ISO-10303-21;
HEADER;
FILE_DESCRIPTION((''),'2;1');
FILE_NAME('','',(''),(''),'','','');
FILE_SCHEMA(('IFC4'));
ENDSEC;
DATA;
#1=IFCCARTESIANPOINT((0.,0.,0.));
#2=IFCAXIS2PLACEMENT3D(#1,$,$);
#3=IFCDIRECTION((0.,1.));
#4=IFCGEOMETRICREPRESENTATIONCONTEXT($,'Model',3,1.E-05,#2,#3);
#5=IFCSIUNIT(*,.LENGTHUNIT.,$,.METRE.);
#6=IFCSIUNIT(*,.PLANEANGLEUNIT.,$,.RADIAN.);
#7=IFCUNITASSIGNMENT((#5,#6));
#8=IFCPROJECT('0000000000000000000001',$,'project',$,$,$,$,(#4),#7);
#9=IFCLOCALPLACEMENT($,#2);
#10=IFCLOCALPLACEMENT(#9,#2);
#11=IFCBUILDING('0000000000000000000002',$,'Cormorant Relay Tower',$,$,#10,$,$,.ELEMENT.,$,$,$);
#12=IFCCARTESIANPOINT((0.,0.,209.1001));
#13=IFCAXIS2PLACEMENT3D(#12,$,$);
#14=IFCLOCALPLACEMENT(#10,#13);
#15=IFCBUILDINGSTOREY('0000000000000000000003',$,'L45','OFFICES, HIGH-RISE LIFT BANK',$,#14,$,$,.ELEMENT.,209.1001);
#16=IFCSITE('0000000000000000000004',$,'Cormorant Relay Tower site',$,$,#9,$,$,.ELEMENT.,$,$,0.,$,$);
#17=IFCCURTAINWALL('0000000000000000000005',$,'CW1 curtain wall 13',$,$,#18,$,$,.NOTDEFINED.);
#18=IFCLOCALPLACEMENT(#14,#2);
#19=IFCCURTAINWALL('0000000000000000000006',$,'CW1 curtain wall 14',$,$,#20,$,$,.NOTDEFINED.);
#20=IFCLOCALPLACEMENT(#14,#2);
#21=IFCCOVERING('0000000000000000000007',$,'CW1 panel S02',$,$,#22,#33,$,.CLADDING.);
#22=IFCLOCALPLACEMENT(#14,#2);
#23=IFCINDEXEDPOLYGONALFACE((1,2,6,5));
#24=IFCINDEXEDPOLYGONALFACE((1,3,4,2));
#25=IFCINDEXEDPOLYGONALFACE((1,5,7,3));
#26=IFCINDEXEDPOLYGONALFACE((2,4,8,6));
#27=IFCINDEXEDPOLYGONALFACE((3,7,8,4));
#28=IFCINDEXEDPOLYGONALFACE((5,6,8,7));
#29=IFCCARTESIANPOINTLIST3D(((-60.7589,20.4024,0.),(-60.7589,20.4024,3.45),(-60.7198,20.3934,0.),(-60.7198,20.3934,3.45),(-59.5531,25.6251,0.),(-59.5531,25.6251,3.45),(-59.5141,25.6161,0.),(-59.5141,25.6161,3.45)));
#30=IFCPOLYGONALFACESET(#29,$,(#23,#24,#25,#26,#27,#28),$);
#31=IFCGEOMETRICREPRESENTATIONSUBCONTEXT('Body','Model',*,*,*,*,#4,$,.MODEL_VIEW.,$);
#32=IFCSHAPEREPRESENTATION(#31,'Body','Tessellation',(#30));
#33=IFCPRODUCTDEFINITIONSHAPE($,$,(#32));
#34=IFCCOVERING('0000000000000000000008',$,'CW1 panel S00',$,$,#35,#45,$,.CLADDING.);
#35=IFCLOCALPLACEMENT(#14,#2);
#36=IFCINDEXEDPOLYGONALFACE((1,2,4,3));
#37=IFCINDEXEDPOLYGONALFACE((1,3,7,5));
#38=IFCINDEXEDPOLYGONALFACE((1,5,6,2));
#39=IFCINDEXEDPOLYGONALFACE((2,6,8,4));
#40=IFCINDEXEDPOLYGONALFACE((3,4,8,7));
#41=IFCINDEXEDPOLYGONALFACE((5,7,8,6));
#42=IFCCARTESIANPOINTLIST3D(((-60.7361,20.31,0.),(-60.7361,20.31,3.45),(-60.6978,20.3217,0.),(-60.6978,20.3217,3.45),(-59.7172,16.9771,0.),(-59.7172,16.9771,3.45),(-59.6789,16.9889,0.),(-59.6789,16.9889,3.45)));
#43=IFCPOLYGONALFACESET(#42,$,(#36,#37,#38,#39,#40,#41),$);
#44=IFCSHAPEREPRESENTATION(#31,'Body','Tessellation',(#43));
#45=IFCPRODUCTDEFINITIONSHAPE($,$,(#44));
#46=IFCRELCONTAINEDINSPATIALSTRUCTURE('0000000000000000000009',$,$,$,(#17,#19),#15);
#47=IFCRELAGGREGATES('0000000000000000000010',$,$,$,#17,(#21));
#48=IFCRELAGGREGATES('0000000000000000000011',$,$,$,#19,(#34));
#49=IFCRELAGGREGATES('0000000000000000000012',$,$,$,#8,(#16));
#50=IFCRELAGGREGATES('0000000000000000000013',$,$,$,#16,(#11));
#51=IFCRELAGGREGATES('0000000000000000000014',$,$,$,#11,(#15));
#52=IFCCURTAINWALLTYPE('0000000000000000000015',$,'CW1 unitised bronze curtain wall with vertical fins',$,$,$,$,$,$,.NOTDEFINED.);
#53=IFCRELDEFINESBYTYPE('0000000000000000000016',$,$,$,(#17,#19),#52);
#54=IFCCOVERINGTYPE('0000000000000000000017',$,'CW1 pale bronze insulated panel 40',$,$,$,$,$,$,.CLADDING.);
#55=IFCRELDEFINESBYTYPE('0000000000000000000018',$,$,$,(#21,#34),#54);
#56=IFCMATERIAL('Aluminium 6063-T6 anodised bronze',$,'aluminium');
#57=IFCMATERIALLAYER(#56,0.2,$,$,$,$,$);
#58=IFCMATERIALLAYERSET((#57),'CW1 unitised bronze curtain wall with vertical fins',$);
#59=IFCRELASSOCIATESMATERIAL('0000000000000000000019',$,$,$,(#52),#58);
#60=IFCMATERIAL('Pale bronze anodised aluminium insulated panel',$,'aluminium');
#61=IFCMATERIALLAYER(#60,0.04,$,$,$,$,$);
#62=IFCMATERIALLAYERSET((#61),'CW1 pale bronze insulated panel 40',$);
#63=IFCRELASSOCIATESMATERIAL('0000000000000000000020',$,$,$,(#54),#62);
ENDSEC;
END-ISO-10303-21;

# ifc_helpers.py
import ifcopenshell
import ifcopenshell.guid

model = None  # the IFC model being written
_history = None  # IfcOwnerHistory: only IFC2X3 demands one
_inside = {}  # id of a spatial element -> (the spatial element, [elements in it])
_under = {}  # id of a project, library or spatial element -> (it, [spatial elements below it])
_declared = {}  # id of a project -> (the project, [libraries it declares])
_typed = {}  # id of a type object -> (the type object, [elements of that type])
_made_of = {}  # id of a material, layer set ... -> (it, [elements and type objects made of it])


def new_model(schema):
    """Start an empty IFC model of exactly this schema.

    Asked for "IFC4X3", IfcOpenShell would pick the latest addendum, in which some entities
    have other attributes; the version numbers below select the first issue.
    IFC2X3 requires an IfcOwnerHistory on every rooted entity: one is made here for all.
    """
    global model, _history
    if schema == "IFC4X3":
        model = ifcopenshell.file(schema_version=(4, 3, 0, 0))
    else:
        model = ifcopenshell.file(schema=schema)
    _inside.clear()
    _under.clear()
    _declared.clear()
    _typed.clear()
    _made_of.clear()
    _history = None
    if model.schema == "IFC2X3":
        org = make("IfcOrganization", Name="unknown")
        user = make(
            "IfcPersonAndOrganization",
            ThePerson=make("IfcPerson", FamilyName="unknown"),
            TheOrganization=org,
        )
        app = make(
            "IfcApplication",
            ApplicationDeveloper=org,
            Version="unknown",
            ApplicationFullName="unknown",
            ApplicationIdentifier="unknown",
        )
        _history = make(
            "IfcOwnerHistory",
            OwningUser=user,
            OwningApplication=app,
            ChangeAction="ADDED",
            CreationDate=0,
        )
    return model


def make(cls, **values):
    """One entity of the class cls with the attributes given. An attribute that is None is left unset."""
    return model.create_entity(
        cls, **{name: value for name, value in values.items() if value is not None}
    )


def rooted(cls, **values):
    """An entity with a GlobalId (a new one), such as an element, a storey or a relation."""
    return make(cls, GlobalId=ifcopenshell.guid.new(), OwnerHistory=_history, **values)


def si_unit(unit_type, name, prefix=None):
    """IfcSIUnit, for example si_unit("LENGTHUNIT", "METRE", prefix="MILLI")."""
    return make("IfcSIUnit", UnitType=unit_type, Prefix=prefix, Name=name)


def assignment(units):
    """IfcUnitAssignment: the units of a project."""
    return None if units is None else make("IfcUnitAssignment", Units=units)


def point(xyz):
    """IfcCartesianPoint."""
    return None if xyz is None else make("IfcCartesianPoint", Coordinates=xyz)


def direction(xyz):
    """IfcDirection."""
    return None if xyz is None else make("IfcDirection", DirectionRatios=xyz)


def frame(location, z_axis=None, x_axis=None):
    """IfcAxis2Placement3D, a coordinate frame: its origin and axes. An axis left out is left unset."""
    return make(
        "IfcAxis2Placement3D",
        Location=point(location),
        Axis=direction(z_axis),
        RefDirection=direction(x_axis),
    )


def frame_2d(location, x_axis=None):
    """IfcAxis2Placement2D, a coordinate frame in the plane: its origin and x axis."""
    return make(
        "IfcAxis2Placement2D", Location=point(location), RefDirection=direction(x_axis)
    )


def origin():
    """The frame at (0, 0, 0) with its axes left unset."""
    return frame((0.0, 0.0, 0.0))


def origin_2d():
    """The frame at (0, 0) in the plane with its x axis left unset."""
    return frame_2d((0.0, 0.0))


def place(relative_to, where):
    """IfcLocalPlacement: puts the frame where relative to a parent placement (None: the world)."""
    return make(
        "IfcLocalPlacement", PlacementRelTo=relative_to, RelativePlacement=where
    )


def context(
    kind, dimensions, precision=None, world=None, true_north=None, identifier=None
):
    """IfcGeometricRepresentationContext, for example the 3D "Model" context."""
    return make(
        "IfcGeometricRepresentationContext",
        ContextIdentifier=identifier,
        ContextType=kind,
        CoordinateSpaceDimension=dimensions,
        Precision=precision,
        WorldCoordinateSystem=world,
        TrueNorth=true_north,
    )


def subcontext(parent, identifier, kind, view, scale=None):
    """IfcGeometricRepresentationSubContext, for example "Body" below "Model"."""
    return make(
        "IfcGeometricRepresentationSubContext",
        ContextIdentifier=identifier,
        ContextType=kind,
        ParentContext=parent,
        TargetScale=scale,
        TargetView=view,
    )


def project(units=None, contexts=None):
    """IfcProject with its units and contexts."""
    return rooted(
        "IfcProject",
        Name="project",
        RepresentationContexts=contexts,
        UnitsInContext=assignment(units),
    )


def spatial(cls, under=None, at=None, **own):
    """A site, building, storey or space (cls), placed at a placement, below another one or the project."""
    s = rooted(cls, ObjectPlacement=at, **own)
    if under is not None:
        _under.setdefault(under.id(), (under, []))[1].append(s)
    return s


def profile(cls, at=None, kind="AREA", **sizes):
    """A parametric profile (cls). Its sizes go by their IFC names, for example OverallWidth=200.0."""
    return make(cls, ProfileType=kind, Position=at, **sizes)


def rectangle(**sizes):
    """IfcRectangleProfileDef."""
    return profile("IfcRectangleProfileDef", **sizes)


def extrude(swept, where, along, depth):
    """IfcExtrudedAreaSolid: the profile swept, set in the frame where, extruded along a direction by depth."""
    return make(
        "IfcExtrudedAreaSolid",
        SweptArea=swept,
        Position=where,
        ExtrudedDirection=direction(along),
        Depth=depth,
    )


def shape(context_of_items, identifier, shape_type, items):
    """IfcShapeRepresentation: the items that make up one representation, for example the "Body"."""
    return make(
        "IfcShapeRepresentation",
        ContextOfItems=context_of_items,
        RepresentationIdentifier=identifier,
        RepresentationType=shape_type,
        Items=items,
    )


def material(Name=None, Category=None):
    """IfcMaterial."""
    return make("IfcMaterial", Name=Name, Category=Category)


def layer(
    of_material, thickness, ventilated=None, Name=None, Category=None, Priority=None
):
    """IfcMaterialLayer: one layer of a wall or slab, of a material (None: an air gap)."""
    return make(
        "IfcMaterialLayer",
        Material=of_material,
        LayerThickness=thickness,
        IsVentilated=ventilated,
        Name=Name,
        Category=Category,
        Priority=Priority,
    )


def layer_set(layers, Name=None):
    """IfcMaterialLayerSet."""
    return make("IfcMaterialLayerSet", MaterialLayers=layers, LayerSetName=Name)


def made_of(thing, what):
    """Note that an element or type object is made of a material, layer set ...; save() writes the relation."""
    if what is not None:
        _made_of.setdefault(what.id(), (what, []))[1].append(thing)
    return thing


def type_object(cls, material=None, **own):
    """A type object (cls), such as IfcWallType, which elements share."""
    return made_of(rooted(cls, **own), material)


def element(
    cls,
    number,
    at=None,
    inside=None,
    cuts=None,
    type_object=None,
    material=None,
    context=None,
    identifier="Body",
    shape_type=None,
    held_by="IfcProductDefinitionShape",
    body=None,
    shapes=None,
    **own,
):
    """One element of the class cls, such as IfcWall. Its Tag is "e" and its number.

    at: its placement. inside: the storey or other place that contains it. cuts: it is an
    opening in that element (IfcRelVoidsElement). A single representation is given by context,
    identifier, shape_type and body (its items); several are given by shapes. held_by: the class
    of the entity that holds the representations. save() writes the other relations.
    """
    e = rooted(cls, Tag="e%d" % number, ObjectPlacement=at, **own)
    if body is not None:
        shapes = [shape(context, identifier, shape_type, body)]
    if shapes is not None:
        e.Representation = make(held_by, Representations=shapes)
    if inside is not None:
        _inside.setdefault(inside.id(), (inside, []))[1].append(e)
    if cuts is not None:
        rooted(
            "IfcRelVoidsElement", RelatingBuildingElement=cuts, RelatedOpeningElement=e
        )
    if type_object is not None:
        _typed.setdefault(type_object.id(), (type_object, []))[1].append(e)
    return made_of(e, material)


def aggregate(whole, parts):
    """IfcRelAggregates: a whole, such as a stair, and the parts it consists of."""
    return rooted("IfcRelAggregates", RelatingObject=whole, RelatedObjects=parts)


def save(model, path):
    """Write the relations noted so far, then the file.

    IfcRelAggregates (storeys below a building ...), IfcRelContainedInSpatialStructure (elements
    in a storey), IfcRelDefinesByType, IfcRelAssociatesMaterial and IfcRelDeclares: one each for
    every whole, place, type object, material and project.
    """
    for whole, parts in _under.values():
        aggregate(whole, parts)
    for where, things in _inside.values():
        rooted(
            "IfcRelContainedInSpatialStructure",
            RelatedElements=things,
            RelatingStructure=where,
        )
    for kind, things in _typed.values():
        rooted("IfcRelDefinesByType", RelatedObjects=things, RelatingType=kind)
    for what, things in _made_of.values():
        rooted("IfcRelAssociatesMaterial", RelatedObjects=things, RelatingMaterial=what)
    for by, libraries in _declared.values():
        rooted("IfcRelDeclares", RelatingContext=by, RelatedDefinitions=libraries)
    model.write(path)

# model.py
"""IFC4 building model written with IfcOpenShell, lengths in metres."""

from ifc_helpers import new_model, si_unit, direction, frame, origin, origin_2d, place, context, subcontext, project, spatial, rectangle, extrude, material, layer, layer_set, type_object, element, aggregate, save


model = new_model("IFC4")

# Units and contexts
model_context = context("Model", 3, precision=1e-05, world=origin(), true_north=direction((0.0, 1.0)))
body_context = subcontext(model_context, "Body", "Model", "MODEL_VIEW")
ifc_project = project(units=[si_unit("LENGTHUNIT", "METRE"), si_unit("PLANEANGLEUNIT", "RADIAN")], contexts=[model_context])

# Site, building, storey
site_placement = place(None, origin())
site = spatial("IfcSite", under=ifc_project, at=site_placement, Name="Cormorant Relay Tower site", CompositionType="ELEMENT", RefElevation=0.0)
building_placement = place(site_placement, origin())
building = spatial("IfcBuilding", under=site, at=building_placement, Name="Cormorant Relay Tower", CompositionType="ELEMENT")
storey_placement = place(building_placement, frame((0.0, 0.0, 209.1001)))
storey = spatial("IfcBuildingStorey", under=building, at=storey_placement, Name="L45", Description="OFFICES, HIGH-RISE LIFT BANK", CompositionType="ELEMENT", Elevation=209.1001)

# Curtain walls
ifc_material_1 = material(Name="Aluminium 6063-T6 anodised bronze", Category="aluminium")
ifc_layer_1 = layer(ifc_material_1, 0.2)
ifc_layer_set_1 = layer_set([ifc_layer_1], Name="CW1 unitised bronze curtain wall with vertical fins")
curtain_wall_type = type_object("IfcCurtainWallType", Name="CW1 unitised bronze curtain wall with vertical fins", PredefinedType="NOTDEFINED", material=ifc_layer_set_1)
curtain_wall_1_placement = place(storey_placement, origin())
curtain_wall_1 = element("IfcCurtainWall", 1, at=curtain_wall_1_placement, inside=storey, type_object=curtain_wall_type, Name="CW1 curtain wall 13", PredefinedType="NOTDEFINED")
curtain_wall_2_placement = place(storey_placement, origin())
curtain_wall_2 = element("IfcCurtainWall", 2, at=curtain_wall_2_placement, inside=storey, type_object=curtain_wall_type, Name="CW1 curtain wall 14", PredefinedType="NOTDEFINED")

# Coverings
ifc_material_2 = material(Name="Pale bronze anodised aluminium insulated panel", Category="aluminium")
ifc_layer_2 = layer(ifc_material_2, 0.04)
ifc_layer_set_2 = layer_set([ifc_layer_2], Name="CW1 pale bronze insulated panel 40")
covering_type = type_object("IfcCoveringType", Name="CW1 pale bronze insulated panel 40", PredefinedType="CLADDING", material=ifc_layer_set_2)
covering_1_placement = place(storey_placement, frame((-60.1365, 23.0093, 0.0), z_axis=(0.0, 0.0, 1.0), x_axis=(-0.224951, -0.97437, 0.0)))
covering_1 = element("IfcCovering", 3, at=covering_1_placement, type_object=covering_type, Name="CW1 panel S02", PredefinedType="CLADDING", context=body_context, shape_type="SweptSolid", body=[
    extrude(rectangle(XDim=5.3601, YDim=0.04, at=origin_2d()), origin(), (0.0, 0.0, 1.0), 3.45),
])
aggregate(curtain_wall_1, [covering_1])
covering_2_placement = place(storey_placement, frame((-60.2075, 18.6494, 0.0), z_axis=(0.0, 0.0, 1.0), x_axis=(0.292372, -0.956305, 0.0)))
covering_2 = element("IfcCovering", 4, at=covering_2_placement, type_object=covering_type, Name="CW1 panel S00", PredefinedType="CLADDING", context=body_context, shape_type="SweptSolid", body=[
    extrude(rectangle(XDim=3.4851, YDim=0.04, at=origin_2d()), origin(), (0.0, 0.0, 1.0), 3.45),
])
aggregate(curtain_wall_2, [covering_2])

save(model, "model.ifc")
